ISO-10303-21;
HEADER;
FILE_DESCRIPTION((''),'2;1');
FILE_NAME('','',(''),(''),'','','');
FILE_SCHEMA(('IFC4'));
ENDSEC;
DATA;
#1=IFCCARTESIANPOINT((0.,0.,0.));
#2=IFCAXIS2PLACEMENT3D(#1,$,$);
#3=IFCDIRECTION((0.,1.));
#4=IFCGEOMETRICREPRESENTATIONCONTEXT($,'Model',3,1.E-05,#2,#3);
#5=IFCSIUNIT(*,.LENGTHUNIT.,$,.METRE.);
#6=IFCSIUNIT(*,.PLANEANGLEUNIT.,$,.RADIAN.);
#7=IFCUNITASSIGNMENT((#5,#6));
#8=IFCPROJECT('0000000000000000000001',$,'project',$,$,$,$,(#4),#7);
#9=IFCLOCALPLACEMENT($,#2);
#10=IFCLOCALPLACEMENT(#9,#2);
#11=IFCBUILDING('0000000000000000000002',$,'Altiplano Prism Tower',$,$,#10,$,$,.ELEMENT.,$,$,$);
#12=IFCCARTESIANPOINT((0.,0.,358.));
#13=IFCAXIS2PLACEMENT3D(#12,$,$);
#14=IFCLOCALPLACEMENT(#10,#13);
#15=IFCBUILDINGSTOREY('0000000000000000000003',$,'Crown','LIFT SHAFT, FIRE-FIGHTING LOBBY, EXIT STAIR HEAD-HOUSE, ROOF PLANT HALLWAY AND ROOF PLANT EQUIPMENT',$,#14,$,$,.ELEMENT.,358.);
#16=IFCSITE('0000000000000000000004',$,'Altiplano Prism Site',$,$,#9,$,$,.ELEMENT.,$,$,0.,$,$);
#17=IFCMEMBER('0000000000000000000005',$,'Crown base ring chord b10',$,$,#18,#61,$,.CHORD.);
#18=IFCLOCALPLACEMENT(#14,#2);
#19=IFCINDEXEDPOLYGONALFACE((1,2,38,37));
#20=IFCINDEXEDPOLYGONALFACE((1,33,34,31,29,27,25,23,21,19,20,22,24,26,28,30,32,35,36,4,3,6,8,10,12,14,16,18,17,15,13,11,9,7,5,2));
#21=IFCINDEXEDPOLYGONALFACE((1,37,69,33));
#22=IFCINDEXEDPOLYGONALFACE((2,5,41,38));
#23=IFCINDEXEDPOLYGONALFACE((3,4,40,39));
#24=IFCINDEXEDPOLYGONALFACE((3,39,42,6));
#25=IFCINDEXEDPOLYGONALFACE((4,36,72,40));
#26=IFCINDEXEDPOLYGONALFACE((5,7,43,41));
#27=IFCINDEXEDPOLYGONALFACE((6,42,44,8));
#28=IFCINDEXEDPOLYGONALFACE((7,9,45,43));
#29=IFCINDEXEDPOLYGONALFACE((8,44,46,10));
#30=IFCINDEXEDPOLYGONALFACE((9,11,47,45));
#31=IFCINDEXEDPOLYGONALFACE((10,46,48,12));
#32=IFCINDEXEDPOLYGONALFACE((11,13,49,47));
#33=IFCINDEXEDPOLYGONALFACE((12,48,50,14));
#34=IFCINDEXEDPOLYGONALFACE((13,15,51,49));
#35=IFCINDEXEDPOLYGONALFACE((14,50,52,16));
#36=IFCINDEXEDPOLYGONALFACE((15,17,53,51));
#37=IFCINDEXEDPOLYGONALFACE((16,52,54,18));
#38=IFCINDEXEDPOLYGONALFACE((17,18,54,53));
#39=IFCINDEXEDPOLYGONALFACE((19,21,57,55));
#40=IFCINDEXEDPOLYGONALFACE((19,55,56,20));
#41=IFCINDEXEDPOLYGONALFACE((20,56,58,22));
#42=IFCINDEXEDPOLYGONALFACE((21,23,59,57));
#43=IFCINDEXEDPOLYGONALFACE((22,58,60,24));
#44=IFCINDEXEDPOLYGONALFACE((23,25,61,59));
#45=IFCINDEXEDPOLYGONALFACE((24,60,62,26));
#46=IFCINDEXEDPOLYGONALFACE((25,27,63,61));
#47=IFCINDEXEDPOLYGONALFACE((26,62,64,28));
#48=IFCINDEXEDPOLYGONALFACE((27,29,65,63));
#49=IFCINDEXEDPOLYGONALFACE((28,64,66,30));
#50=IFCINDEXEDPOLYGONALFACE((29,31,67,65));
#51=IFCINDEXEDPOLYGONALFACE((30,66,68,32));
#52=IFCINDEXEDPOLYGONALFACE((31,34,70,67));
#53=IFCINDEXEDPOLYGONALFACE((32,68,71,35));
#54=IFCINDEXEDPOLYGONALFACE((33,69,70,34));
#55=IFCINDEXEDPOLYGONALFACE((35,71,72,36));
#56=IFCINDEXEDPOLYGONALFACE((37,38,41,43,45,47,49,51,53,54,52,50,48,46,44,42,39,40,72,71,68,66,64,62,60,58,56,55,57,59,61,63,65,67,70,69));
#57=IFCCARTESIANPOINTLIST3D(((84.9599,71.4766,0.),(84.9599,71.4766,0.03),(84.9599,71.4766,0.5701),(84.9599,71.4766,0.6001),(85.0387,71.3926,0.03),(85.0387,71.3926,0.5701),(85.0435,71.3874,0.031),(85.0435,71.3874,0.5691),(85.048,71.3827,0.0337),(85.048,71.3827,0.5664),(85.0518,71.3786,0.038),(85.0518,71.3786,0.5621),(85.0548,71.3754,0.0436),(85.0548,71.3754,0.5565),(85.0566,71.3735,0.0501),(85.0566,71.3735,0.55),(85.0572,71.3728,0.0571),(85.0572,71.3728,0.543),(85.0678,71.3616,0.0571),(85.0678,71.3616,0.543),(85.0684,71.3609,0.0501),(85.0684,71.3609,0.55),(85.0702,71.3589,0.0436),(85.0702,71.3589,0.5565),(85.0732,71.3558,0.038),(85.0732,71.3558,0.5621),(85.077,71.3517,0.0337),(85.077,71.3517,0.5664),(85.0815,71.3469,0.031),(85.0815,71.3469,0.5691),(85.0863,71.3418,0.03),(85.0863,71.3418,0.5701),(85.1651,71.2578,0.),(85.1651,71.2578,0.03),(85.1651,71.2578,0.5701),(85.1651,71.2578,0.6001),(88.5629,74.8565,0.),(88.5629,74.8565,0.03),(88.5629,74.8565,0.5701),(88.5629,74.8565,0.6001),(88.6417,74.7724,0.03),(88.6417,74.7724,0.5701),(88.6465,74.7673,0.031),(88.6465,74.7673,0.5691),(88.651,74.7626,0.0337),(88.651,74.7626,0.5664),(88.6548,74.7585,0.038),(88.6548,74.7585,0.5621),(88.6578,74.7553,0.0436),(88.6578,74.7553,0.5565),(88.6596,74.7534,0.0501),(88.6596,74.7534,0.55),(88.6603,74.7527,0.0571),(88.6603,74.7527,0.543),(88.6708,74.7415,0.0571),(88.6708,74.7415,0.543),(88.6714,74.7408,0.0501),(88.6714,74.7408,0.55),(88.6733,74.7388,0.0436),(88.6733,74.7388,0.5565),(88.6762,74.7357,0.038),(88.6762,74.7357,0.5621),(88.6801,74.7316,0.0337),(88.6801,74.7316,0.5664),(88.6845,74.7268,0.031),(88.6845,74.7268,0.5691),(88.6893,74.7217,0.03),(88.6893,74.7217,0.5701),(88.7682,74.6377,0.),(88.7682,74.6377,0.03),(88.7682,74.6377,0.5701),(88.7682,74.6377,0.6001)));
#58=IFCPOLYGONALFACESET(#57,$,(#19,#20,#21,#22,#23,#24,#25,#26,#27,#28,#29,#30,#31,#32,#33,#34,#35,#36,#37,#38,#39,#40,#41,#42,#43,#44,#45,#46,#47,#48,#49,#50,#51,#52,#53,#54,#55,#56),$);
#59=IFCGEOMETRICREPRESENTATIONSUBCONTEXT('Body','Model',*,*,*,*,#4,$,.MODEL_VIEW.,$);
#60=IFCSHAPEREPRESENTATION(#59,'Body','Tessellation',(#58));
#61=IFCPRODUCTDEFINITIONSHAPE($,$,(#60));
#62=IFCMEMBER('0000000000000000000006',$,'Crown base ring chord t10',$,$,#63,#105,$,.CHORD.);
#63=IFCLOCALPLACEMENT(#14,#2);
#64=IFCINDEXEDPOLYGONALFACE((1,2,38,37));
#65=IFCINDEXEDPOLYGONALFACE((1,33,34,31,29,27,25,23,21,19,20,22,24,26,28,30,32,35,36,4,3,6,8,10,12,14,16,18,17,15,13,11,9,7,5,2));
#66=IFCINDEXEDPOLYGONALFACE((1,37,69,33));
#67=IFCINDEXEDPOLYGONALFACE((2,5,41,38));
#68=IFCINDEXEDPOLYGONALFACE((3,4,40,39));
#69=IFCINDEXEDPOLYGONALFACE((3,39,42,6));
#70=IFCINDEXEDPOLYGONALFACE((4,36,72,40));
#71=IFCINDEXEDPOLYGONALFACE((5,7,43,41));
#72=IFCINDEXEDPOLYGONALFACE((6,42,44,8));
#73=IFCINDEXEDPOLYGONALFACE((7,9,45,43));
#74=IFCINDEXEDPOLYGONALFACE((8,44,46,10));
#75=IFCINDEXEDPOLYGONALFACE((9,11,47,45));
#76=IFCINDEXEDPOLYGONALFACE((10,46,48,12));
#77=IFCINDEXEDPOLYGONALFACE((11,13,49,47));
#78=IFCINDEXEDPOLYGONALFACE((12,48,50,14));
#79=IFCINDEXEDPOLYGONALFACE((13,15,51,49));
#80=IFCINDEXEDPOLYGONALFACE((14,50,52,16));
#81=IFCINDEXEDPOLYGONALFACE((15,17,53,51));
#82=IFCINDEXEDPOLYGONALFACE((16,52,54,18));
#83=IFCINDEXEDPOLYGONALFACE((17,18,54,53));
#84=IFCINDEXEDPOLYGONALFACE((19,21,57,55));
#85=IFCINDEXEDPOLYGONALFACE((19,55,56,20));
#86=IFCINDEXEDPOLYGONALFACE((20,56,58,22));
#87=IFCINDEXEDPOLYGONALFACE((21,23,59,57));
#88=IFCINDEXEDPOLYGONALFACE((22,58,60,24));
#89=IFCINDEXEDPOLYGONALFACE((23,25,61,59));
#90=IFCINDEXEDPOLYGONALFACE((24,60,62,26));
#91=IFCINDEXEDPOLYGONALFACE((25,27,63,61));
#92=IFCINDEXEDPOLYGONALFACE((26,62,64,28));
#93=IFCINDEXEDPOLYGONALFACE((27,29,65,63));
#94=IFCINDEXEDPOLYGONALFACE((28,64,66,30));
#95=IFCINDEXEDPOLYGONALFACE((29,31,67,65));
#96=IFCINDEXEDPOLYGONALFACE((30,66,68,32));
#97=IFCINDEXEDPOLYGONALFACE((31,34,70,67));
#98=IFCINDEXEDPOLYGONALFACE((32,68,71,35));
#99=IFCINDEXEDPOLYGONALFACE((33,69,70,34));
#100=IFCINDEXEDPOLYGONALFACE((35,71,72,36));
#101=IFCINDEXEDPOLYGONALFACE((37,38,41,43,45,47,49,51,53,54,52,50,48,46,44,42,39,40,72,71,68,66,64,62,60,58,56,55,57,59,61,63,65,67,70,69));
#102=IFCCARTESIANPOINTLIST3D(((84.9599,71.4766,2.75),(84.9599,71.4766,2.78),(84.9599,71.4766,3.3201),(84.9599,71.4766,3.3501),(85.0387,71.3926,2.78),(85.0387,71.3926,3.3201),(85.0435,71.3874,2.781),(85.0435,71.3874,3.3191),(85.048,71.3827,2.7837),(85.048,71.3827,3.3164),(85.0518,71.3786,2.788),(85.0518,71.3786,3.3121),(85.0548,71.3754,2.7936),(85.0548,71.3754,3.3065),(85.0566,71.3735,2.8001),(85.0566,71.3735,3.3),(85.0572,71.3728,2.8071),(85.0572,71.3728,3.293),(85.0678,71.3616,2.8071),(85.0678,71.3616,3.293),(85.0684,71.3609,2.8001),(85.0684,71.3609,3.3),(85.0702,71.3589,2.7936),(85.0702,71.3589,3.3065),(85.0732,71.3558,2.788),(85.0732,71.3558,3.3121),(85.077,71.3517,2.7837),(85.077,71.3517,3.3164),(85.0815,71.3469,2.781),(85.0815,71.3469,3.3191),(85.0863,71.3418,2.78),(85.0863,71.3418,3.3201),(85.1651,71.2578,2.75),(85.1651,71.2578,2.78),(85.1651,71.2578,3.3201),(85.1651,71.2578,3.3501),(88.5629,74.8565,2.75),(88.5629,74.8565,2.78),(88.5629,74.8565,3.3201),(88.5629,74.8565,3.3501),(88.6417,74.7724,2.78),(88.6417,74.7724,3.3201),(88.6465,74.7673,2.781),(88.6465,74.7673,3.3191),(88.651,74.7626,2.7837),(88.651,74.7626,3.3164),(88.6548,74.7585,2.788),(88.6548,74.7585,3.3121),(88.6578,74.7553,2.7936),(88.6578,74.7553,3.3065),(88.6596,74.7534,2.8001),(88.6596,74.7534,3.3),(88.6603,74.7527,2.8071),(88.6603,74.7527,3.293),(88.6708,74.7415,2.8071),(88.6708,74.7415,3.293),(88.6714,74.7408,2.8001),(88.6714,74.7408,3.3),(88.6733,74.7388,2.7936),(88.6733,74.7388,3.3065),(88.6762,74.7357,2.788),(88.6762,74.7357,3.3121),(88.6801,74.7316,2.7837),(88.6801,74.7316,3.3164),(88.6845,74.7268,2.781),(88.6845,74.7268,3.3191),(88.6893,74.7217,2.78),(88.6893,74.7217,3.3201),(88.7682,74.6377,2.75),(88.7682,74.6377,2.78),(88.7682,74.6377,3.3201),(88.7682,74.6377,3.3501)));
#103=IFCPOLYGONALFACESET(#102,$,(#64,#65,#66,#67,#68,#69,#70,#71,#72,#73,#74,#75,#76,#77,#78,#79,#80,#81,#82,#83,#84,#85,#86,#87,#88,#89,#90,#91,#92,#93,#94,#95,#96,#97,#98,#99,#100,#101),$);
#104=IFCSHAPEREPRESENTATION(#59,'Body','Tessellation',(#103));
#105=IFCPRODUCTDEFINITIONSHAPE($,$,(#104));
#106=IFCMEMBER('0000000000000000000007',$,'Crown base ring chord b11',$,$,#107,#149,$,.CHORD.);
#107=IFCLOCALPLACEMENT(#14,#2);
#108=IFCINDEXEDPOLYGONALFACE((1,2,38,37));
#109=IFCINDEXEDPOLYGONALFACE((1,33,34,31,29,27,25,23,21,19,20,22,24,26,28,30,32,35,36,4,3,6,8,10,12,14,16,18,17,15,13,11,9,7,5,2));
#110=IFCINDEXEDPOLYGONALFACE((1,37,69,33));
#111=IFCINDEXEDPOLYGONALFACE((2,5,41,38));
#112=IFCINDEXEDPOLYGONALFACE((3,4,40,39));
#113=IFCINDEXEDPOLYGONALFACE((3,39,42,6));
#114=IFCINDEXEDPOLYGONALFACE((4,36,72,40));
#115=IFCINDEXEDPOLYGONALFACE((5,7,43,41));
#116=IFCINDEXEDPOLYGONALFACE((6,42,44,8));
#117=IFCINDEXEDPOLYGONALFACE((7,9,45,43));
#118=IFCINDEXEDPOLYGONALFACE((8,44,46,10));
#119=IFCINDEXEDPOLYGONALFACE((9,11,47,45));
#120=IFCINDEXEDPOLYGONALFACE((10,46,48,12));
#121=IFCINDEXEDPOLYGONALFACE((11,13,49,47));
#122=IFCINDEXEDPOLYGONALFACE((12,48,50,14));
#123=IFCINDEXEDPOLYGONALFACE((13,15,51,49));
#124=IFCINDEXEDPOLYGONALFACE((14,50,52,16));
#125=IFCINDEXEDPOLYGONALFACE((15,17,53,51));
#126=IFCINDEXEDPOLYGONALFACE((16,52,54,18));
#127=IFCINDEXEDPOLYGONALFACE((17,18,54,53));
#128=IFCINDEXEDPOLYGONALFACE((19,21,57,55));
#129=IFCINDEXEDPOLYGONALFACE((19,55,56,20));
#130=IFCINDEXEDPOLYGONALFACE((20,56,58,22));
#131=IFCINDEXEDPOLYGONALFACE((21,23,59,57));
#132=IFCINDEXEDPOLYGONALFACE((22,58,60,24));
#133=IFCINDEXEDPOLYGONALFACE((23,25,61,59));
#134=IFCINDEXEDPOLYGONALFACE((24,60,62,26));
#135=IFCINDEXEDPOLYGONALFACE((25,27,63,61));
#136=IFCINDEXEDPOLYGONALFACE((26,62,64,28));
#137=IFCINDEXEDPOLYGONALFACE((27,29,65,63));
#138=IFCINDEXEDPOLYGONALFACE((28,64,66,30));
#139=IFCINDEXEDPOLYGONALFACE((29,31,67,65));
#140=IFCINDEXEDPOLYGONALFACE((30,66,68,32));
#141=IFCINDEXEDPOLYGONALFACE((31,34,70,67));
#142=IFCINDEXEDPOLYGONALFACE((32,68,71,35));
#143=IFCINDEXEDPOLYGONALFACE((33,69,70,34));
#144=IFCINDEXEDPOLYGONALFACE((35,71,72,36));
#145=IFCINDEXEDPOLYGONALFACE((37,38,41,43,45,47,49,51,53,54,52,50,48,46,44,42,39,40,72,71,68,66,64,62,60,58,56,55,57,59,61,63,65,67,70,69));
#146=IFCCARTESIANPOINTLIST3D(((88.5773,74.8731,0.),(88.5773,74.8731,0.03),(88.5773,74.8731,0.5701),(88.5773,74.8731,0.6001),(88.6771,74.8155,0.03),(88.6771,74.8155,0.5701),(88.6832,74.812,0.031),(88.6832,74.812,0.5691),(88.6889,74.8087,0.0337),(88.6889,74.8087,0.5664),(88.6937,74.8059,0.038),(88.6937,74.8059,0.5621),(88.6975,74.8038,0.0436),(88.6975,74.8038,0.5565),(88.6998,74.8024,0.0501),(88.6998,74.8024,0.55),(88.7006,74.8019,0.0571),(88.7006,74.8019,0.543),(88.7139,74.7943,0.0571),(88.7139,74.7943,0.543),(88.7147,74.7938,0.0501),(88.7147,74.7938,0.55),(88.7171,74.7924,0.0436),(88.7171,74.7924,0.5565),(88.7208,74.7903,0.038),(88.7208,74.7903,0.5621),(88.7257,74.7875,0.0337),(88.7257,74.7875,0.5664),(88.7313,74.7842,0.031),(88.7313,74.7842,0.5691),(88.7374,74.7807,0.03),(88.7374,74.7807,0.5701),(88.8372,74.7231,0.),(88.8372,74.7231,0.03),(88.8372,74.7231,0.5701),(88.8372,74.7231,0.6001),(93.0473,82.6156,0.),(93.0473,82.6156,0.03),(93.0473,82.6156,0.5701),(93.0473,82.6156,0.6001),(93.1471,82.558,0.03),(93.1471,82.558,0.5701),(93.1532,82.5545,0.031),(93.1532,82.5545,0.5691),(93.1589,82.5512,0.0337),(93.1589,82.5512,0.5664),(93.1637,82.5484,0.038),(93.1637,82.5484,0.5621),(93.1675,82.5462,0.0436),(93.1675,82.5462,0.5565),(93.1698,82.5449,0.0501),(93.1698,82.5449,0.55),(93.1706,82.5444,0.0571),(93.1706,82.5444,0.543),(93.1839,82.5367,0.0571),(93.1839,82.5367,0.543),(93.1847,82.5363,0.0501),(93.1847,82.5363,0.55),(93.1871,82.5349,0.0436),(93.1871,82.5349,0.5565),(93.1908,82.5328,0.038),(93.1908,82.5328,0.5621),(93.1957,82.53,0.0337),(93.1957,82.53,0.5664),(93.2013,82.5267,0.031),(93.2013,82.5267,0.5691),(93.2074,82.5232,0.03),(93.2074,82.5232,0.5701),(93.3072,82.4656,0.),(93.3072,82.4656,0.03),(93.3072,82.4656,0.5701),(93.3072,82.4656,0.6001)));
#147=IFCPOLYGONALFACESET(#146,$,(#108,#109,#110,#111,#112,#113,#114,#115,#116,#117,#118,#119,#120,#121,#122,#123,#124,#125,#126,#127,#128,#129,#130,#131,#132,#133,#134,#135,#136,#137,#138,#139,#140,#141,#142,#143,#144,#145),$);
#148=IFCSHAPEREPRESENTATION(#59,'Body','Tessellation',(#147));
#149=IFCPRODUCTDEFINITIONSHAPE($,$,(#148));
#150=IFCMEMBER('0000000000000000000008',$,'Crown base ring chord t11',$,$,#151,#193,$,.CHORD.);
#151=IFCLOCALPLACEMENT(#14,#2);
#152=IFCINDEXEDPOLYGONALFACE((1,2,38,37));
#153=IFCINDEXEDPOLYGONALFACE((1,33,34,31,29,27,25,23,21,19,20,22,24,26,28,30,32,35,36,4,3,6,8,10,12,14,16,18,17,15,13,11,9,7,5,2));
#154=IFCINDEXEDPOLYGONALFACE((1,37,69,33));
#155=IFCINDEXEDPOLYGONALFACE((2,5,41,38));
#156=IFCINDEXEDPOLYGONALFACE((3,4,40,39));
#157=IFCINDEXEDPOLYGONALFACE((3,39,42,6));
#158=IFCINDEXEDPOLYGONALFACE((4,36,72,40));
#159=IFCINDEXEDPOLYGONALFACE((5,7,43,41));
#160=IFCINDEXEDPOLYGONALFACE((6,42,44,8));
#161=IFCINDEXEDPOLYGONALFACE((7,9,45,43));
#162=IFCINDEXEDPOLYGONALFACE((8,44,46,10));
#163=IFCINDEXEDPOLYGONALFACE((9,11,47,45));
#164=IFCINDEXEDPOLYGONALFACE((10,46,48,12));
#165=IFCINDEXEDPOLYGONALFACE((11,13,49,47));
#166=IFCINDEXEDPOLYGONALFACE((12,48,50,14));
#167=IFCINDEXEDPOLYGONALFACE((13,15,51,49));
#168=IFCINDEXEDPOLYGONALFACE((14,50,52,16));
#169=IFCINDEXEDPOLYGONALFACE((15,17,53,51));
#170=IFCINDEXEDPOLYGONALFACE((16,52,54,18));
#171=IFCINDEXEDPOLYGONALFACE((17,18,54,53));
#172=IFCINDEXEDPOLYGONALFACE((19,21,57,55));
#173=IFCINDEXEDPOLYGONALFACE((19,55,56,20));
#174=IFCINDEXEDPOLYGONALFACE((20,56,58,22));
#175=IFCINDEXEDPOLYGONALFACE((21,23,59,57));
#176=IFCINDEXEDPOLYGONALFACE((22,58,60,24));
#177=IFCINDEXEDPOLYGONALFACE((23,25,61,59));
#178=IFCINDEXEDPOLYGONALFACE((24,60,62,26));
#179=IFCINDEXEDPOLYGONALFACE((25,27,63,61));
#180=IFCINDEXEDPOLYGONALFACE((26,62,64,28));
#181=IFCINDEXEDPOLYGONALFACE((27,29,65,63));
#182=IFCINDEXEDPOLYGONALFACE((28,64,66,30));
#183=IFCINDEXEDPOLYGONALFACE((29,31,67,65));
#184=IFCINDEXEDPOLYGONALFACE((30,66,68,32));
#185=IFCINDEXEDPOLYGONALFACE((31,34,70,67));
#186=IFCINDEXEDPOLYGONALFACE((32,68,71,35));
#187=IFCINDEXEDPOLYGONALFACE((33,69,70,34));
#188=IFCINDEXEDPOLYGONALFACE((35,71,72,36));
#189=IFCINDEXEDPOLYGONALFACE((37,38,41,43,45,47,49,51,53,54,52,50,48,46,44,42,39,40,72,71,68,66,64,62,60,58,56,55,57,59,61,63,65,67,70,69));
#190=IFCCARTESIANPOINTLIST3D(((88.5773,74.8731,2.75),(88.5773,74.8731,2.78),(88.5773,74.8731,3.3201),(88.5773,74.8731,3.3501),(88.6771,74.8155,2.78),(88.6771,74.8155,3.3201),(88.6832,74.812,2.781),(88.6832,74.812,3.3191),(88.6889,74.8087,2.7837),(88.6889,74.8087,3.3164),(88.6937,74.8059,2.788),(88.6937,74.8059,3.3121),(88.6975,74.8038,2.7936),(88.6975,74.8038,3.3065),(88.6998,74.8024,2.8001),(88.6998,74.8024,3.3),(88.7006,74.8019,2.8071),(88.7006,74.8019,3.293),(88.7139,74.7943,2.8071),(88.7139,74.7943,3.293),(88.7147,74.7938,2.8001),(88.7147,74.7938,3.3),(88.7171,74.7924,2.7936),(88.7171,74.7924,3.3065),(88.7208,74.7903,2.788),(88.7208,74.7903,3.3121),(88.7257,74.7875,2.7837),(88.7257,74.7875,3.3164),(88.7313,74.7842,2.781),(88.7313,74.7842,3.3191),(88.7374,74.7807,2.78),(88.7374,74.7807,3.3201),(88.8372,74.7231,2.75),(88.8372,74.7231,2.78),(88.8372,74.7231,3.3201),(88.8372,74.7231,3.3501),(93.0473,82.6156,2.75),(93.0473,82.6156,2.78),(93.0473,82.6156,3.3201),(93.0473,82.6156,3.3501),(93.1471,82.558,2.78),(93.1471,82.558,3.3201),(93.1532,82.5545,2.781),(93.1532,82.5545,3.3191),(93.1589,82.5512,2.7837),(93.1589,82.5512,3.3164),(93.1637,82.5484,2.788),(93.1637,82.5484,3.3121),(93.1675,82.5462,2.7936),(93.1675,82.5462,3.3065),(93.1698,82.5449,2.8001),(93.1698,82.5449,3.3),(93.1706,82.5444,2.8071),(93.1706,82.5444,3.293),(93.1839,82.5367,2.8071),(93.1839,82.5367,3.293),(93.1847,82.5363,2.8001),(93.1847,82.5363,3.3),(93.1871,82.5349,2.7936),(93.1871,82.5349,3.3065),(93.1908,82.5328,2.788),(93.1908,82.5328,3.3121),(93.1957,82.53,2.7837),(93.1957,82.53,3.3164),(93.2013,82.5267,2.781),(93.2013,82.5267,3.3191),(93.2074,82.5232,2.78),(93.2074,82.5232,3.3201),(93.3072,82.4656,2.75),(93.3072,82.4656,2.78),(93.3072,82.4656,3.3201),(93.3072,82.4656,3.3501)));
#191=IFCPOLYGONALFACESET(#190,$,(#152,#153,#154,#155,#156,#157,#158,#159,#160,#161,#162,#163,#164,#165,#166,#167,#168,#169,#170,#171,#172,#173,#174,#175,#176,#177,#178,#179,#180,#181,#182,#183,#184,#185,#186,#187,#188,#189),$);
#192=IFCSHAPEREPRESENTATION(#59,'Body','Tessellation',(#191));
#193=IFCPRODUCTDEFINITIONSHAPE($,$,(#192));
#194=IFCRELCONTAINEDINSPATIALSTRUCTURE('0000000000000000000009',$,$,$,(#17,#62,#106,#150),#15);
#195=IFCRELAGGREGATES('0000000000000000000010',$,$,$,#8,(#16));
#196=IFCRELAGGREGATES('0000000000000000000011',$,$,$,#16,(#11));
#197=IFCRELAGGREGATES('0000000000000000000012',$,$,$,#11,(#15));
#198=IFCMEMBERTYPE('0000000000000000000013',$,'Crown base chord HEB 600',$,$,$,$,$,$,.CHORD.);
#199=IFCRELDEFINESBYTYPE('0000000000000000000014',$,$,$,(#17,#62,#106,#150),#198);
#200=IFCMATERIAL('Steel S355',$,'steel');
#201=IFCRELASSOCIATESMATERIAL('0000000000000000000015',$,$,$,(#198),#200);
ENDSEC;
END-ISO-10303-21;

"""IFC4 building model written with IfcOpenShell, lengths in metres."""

from ifc_helpers import new_model, si_unit, direction, frame, origin, origin_2d, place, context, subcontext, project, spatial, i_section, extrude, material, material_profile, profile_set, type_object, element, save


model = new_model("IFC4")

# Units and contexts
model_context = context("Model", 3, precision=1e-05, world=origin(), true_north=direction((0.0, 1.0)))
body_context = subcontext(model_context, "Body", "Model", "MODEL_VIEW")
ifc_project = project(units=[si_unit("LENGTHUNIT", "METRE"), si_unit("PLANEANGLEUNIT", "RADIAN")], contexts=[model_context])

# Site, building, storey
site_placement = place(None, origin())
site = spatial("IfcSite", under=ifc_project, at=site_placement, Name="Altiplano Prism Site", CompositionType="ELEMENT", RefElevation=0.0)
building_placement = place(site_placement, origin())
building = spatial("IfcBuilding", under=site, at=building_placement, Name="Altiplano Prism Tower", CompositionType="ELEMENT")
storey_placement = place(building_placement, frame((0.0, 0.0, 358.0)))
storey = spatial("IfcBuildingStorey", under=building, at=storey_placement, Name="Crown", Description="LIFT SHAFT, FIRE-FIGHTING LOBBY, EXIT STAIR HEAD-HOUSE, ROOF PLANT HALLWAY AND ROOF PLANT EQUIPMENT", CompositionType="ELEMENT", Elevation=358.0)

# Members
ifc_material_1 = material(Name="Steel S355", Category="steel")
ifc_material_profile_1 = material_profile(ifc_material_1, i_section(OverallWidth=0.3, OverallDepth=0.6001, WebThickness=0.0154, FlangeThickness=0.03, FilletRadius=0.0271, at=origin_2d()), Name="Crown base chord HEB 600")
ifc_profile_set_1 = profile_set([ifc_material_profile_1], Name="Steel S355")
member_type_1 = type_object("IfcMemberType", Name="Crown base chord HEB 600", PredefinedType="CHORD", material=ifc_profile_set_1)
for number, where, z_axis, x_axis, name in (
    (1, (85.0625, 71.3672, 0.3), (0.729331, 0.684161, 0.0), (-0.684161, 0.729331, 0.0), "Crown base ring chord b10"),
    (2, (85.0625, 71.3672, 3.05), (0.729331, 0.684161, 0.0), (-0.684161, 0.729331, 0.0), "Crown base ring chord t10"),
):
    element("IfcMember", number, at=place(storey_placement, frame(where, z_axis=z_axis, x_axis=x_axis)), inside=storey, type_object=member_type_1, Name=name, PredefinedType="CHORD", context=body_context, shape_type="SweptSolid", body=[
        extrude(i_section(OverallWidth=0.3, OverallDepth=0.6001, WebThickness=0.0154, FlangeThickness=0.03, FilletRadius=0.0271, at=origin_2d()), origin(), (0.0, 0.0, 1.0), 4.9402),
    ])
for number, where, z_axis, x_axis, name in (
    (3, (88.7073, 74.7981, 0.3), (0.49999, 0.866031, 0.0), (-0.866031, 0.49999, 0.0), "Crown base ring chord b11"),
    (4, (88.7073, 74.7981, 3.05), (0.49999, 0.866031, 0.0), (-0.866031, 0.49999, 0.0), "Crown base ring chord t11"),
):
    element("IfcMember", number, at=place(storey_placement, frame(where, z_axis=z_axis, x_axis=x_axis)), inside=storey, type_object=member_type_1, Name=name, PredefinedType="CHORD", context=body_context, shape_type="SweptSolid", body=[
        extrude(i_section(OverallWidth=0.3, OverallDepth=0.6001, WebThickness=0.0154, FlangeThickness=0.03, FilletRadius=0.0271, at=origin_2d()), origin(), (0.0, 0.0, 1.0), 8.9402),
    ])

save(model, "model.ifc")
